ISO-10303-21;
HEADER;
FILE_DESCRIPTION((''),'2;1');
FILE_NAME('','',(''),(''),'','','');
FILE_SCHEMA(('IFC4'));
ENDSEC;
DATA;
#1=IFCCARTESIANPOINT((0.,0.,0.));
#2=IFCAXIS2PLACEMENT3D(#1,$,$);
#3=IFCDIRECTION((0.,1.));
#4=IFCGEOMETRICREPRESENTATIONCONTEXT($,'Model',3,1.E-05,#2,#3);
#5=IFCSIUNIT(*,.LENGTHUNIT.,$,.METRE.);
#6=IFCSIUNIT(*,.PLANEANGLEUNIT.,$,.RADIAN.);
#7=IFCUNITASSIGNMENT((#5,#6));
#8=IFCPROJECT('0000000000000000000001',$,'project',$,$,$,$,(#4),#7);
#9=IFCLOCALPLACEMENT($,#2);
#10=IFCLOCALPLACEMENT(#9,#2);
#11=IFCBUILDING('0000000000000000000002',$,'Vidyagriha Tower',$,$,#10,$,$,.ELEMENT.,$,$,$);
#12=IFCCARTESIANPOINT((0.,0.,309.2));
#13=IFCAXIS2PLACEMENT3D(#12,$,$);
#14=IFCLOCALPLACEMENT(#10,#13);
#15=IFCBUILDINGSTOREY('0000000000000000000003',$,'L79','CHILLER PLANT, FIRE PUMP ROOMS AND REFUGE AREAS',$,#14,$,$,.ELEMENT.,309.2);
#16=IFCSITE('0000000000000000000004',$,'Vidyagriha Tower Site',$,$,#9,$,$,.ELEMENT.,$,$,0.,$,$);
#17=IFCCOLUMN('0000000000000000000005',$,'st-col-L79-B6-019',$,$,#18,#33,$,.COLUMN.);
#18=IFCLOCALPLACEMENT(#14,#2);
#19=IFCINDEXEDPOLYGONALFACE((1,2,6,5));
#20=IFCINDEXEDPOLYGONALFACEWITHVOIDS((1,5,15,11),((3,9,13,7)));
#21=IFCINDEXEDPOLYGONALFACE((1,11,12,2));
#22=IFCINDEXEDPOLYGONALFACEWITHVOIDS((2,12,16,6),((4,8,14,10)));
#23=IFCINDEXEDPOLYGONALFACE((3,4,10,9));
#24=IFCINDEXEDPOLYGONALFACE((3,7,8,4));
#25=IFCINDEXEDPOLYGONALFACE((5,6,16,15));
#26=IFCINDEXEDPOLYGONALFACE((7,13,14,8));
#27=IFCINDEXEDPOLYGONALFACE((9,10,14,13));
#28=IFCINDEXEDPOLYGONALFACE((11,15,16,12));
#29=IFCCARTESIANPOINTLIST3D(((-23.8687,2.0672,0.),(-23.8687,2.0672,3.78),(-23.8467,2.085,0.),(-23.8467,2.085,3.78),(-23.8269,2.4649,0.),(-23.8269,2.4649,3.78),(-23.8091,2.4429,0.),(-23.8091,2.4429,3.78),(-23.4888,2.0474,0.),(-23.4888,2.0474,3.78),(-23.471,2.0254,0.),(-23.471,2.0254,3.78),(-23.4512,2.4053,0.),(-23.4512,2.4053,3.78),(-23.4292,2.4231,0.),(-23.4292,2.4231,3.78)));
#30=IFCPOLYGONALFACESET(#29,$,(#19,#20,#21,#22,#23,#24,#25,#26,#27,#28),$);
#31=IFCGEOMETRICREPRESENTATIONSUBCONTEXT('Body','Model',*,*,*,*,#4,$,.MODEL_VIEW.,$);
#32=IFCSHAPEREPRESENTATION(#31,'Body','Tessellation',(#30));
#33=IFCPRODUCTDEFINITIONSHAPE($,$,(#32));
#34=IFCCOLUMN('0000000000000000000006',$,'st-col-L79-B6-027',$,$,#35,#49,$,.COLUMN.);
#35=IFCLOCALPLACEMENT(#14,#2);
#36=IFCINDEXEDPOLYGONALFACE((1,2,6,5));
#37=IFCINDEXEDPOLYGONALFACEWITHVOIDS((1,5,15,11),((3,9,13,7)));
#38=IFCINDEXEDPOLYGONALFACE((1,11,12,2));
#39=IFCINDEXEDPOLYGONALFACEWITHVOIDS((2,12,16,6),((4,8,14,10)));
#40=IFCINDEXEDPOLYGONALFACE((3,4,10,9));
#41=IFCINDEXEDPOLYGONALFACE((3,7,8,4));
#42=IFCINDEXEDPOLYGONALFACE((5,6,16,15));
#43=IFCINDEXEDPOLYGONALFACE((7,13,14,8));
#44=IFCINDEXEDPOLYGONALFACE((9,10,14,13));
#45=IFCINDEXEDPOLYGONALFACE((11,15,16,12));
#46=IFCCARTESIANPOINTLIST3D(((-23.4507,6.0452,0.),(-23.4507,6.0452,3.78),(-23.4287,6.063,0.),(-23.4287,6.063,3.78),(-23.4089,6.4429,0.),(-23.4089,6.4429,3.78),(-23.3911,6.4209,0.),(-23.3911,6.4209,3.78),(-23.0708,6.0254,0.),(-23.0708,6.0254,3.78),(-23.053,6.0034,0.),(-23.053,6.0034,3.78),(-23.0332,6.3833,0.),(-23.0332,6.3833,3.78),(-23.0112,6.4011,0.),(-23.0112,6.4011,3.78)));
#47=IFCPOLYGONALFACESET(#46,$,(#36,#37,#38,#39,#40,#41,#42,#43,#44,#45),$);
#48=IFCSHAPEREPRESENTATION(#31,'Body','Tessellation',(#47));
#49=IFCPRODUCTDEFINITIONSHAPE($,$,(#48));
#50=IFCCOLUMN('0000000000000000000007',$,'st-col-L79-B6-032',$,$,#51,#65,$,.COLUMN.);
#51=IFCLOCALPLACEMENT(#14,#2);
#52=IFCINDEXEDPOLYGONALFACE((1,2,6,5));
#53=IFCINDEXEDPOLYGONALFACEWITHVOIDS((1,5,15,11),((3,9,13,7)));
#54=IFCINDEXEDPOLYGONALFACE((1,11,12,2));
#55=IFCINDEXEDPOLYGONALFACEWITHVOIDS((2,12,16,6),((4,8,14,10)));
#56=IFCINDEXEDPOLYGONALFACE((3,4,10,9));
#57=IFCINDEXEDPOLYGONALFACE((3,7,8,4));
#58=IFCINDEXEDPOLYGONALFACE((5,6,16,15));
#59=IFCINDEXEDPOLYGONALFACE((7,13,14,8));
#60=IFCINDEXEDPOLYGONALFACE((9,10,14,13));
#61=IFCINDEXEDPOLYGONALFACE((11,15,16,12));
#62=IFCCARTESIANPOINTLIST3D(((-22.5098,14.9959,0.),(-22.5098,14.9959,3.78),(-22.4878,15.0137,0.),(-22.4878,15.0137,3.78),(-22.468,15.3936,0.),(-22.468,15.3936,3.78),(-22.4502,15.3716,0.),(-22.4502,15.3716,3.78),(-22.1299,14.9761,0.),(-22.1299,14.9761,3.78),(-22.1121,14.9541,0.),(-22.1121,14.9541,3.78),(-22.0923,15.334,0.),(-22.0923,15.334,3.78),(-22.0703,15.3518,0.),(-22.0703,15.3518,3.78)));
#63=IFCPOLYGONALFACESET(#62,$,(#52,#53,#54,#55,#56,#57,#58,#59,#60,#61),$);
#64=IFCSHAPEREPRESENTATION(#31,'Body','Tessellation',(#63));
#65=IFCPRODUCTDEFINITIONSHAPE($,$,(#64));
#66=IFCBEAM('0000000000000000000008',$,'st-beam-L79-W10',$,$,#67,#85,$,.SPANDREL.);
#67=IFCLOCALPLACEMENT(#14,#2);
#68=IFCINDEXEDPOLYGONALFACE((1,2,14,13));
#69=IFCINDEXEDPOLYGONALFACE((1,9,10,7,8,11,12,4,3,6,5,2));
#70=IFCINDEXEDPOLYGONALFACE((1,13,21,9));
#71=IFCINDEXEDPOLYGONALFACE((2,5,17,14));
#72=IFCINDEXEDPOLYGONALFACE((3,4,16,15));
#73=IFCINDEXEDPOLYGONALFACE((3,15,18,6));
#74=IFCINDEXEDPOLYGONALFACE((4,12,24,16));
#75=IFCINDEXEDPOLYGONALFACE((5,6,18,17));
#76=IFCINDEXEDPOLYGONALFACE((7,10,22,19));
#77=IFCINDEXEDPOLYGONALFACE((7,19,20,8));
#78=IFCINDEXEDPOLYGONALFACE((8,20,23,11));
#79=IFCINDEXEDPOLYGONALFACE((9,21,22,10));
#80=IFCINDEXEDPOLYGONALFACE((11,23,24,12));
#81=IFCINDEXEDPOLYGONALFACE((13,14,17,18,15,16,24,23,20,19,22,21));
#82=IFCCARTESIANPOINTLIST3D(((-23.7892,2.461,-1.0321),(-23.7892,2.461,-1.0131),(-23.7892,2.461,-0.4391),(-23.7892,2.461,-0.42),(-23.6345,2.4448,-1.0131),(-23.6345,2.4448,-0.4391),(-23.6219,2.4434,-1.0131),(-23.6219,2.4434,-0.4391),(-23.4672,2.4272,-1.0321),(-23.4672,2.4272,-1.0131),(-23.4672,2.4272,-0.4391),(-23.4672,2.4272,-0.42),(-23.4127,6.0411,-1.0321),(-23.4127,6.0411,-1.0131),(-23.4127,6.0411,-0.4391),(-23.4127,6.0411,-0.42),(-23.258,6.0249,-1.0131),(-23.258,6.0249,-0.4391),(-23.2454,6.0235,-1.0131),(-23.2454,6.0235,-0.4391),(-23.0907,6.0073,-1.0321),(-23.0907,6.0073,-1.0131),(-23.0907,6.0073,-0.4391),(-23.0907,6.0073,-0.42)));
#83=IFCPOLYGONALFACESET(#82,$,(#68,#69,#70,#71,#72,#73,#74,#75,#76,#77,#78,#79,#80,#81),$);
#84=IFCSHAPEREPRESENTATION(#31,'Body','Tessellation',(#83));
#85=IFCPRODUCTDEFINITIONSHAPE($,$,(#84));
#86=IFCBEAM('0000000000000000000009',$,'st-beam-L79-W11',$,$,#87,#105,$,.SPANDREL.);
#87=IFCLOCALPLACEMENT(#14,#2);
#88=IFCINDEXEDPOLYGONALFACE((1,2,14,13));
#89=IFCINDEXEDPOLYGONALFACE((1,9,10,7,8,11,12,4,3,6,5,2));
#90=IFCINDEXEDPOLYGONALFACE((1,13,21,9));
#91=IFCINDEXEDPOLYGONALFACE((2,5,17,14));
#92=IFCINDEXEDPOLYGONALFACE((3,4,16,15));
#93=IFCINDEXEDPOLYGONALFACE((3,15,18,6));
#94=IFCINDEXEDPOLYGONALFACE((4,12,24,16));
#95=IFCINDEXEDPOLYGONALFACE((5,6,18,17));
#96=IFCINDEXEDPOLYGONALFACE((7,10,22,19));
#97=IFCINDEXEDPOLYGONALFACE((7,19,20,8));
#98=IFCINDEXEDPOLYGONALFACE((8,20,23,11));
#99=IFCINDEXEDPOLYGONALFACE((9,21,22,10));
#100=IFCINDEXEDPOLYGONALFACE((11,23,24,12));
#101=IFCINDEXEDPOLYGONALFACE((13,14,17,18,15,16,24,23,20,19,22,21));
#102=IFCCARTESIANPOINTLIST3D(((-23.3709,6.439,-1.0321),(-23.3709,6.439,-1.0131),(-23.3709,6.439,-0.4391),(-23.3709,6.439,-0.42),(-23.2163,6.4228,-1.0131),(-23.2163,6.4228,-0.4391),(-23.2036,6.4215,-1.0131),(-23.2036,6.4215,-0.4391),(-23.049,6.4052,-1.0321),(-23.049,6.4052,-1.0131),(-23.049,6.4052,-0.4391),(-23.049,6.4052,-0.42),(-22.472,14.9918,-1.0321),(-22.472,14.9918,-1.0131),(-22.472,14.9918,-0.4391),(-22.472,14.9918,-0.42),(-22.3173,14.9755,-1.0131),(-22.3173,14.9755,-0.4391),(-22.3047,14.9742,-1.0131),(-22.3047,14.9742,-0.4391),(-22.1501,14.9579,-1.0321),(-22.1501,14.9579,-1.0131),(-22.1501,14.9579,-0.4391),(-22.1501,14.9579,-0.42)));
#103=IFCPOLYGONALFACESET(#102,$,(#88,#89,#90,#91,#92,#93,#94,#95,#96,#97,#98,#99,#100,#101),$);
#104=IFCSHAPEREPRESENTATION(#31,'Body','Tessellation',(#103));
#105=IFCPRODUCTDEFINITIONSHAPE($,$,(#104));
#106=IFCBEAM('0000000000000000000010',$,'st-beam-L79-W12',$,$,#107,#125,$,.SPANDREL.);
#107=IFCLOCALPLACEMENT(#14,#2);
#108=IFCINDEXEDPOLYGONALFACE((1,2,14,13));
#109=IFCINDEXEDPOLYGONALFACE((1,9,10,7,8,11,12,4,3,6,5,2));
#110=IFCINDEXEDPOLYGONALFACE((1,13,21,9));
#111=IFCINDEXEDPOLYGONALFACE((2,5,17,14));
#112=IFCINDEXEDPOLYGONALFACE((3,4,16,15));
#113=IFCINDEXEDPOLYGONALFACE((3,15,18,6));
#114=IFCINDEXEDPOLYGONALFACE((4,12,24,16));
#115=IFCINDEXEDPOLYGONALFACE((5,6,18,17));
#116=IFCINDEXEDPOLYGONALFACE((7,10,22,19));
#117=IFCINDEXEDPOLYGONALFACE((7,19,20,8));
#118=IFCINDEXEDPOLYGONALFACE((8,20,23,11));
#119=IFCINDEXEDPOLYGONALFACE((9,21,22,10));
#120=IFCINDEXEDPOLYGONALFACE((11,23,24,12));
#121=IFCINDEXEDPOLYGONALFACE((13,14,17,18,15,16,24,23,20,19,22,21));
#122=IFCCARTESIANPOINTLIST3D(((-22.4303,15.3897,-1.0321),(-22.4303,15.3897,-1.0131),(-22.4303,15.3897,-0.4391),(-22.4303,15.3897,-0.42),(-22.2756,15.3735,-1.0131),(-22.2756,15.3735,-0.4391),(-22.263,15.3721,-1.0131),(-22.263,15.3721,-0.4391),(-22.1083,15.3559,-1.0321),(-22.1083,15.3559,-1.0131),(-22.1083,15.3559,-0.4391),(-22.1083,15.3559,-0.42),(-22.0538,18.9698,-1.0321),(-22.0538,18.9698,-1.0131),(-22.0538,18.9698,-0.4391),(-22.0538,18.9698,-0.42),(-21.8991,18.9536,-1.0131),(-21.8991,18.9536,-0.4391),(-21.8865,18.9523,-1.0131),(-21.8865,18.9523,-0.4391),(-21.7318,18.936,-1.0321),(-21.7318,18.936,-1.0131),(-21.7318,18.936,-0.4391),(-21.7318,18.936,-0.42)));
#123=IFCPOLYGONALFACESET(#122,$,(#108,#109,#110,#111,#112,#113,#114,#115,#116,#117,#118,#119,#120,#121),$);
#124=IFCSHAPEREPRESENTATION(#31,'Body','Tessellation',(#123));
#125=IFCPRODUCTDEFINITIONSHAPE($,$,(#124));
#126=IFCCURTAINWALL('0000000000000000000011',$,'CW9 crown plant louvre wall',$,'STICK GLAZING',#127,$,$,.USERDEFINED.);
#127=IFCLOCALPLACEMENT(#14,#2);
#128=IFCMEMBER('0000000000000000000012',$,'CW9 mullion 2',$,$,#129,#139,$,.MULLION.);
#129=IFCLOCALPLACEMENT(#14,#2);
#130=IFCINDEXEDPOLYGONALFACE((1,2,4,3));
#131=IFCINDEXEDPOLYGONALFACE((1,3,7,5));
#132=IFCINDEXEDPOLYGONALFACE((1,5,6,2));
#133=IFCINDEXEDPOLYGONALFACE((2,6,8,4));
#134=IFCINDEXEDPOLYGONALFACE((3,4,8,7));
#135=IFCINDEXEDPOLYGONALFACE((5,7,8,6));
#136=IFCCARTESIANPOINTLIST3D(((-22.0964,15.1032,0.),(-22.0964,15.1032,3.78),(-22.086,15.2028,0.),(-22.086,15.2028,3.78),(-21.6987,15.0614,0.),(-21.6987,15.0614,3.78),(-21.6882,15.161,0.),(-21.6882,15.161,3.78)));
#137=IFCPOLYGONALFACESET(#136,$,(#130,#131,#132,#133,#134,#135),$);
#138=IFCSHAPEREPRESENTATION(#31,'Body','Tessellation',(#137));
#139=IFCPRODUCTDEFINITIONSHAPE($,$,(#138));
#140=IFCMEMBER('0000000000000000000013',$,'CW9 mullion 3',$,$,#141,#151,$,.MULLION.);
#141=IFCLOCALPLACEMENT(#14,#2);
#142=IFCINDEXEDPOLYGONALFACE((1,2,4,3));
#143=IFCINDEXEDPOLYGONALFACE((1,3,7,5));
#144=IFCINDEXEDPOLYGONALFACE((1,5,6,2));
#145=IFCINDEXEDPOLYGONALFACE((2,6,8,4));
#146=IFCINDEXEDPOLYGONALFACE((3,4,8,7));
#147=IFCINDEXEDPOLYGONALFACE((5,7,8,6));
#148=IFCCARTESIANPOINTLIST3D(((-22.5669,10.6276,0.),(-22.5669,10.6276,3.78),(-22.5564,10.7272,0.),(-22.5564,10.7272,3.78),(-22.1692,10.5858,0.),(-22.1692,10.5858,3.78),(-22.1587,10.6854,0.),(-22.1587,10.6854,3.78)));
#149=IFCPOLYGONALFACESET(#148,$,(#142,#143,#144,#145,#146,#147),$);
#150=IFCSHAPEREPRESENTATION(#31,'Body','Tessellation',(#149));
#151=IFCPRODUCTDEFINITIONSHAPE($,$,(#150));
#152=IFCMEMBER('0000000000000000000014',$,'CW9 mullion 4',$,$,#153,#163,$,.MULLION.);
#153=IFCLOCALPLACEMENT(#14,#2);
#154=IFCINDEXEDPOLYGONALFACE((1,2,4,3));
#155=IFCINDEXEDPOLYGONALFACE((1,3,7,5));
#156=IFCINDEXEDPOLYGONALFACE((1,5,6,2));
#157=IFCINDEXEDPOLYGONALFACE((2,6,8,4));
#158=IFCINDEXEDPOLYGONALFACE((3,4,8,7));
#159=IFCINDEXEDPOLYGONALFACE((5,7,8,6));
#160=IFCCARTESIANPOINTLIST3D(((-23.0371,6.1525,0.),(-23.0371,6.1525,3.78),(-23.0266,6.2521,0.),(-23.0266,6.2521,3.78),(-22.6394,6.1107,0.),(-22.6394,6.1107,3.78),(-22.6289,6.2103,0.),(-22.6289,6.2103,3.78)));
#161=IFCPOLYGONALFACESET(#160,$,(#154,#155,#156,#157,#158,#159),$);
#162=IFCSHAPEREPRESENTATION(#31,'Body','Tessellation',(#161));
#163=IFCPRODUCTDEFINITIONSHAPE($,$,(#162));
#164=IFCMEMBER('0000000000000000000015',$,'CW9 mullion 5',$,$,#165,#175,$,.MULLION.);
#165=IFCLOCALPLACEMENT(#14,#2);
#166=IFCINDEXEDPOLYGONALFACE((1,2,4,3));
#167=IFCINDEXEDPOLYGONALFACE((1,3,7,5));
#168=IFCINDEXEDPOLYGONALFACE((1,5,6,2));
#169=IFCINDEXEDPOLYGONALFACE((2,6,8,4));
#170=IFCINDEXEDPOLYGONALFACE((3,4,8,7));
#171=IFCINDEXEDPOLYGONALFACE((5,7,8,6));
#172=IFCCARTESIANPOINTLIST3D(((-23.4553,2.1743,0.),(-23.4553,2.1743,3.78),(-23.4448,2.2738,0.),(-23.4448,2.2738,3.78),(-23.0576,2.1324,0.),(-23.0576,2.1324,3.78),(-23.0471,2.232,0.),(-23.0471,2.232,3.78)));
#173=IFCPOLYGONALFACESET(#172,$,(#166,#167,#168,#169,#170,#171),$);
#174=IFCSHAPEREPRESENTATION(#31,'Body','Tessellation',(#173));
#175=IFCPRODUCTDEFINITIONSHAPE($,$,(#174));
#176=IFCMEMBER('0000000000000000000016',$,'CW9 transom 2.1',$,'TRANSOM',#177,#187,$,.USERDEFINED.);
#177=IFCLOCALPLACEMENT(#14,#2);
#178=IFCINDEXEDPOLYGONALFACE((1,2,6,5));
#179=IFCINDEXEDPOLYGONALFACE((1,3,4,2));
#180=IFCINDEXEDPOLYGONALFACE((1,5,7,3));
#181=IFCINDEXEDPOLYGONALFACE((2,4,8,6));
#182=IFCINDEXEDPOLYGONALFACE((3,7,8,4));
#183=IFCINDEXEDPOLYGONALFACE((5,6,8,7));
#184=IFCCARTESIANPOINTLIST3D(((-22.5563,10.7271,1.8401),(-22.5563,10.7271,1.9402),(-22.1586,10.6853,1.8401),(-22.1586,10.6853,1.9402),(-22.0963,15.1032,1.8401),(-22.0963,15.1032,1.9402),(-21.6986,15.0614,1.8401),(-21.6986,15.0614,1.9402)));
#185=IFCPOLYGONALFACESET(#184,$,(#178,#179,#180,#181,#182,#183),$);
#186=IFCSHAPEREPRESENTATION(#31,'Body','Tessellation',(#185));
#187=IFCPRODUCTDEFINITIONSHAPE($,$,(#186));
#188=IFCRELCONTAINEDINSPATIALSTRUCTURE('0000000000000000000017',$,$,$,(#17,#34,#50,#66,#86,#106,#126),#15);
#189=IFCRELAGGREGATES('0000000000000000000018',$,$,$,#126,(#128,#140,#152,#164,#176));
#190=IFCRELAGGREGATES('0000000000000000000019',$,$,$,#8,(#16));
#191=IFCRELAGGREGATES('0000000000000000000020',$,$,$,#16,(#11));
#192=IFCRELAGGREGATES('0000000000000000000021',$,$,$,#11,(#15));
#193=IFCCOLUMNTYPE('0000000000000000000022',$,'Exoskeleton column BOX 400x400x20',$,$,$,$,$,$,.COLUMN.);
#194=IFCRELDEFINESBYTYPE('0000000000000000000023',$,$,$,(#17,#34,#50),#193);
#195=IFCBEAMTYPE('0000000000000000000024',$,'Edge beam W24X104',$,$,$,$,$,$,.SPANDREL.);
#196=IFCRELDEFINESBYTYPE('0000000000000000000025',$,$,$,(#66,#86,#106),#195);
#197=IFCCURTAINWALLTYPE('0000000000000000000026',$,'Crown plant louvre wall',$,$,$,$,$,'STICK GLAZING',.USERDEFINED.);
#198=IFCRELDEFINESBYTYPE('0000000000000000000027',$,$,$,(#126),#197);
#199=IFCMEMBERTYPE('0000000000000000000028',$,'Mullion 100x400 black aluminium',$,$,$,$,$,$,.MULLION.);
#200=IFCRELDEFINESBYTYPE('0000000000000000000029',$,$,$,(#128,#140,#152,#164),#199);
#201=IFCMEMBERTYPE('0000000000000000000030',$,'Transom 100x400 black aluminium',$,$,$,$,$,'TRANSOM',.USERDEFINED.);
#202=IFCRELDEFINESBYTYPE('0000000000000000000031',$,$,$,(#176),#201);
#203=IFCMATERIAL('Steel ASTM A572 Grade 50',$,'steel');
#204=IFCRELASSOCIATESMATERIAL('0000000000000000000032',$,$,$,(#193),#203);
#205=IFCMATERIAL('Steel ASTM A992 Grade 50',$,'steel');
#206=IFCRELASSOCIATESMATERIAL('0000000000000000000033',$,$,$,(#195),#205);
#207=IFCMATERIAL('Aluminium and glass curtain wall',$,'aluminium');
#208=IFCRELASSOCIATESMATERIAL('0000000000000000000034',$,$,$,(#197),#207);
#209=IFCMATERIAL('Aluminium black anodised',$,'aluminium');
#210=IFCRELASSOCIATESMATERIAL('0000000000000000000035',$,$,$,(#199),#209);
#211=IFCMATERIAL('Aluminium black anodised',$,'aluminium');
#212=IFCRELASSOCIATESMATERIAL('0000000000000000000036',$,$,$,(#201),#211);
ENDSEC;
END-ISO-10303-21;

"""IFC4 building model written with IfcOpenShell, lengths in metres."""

from ifc_helpers import new_model, si_unit, direction, frame, origin, origin_2d, place, context, subcontext, project, spatial, rectangle, hollow_rectangle, i_section, extrude, material, material_profile, profile_set, type_object, element, aggregate, save


model = new_model("IFC4")

# Units and contexts
model_context = context("Model", 3, precision=1e-05, world=origin(), true_north=direction((0.0, 1.0)))
body_context = subcontext(model_context, "Body", "Model", "MODEL_VIEW")
ifc_project = project(units=[si_unit("LENGTHUNIT", "METRE"), si_unit("PLANEANGLEUNIT", "RADIAN")], contexts=[model_context])

# Site, building, storey
site_placement = place(None, origin())
site = spatial("IfcSite", under=ifc_project, at=site_placement, Name="Vidyagriha Tower Site", CompositionType="ELEMENT", RefElevation=0.0)
building_placement = place(site_placement, origin())
building = spatial("IfcBuilding", under=site, at=building_placement, Name="Vidyagriha Tower", CompositionType="ELEMENT")
storey_placement = place(building_placement, frame((0.0, 0.0, 309.2)))
storey = spatial("IfcBuildingStorey", under=building, at=storey_placement, Name="L79", Description="CHILLER PLANT, FIRE PUMP ROOMS AND REFUGE AREAS", CompositionType="ELEMENT", Elevation=309.2)

# Columns
ifc_material_1 = material(Name="Steel ASTM A572 Grade 50", Category="steel")
ifc_material_profile_1 = material_profile(ifc_material_1, hollow_rectangle(XDim=0.3999, YDim=0.3999, WallThickness=0.02, at=origin_2d()), Name="BOX 400x400x20")
ifc_profile_set_1 = profile_set([ifc_material_profile_1], Name="Steel ASTM A572 Grade 50")
column_type = type_object("IfcColumnType", Name="Exoskeleton column BOX 400x400x20", PredefinedType="COLUMN", material=ifc_profile_set_1)
for number, where, z_axis, x_axis, name in (
    (1, (-23.6489, 2.2451, 0.0), (0.0, 0.0, 1.0), (0.994522, -0.104528, 0.0), "st-col-L79-B6-019"),
    (2, (-23.231, 6.2231, 0.0), (0.0, 0.0, 1.0), (0.994522, -0.104528, 0.0), "st-col-L79-B6-027"),
    (3, (-22.29, 15.1738, 0.0), (0.0, 0.0, 1.0), (0.994522, -0.104528, 0.0), "st-col-L79-B6-032"),
):
    element("IfcColumn", number, at=place(storey_placement, frame(where, z_axis=z_axis, x_axis=x_axis)), inside=storey, type_object=column_type, Name=name, PredefinedType="COLUMN", context=body_context, shape_type="SweptSolid", body=[
        extrude(hollow_rectangle(XDim=0.3999, YDim=0.3999, WallThickness=0.02, at=origin_2d()), origin(), (0.0, 0.0, 1.0), 3.78),
    ])

# Beams
ifc_material_2 = material(Name="Steel ASTM A992 Grade 50", Category="steel")
ifc_material_profile_2 = material_profile(ifc_material_2, i_section(OverallWidth=0.3237, OverallDepth=0.6121, WebThickness=0.0127, FlangeThickness=0.019, at=origin_2d()), Name="W24X104")
ifc_profile_set_2 = profile_set([ifc_material_profile_2], Name="Steel ASTM A992 Grade 50")
beam_type = type_object("IfcBeamType", Name="Edge beam W24X104", PredefinedType="SPANDREL", material=ifc_profile_set_2)
beam_1_placement = place(storey_placement, frame((-23.6282, 2.4441, -0.7261), z_axis=(0.104579, 0.994517, 0.0), x_axis=(-0.994517, 0.104579, 0.0)))
element("IfcBeam", 4, at=beam_1_placement, inside=storey, type_object=beam_type, Name="st-beam-L79-W10", PredefinedType="SPANDREL", context=body_context, shape_type="SweptSolid", body=[
    extrude(i_section(OverallWidth=0.3237, OverallDepth=0.6121, WebThickness=0.0127, FlangeThickness=0.019, at=origin_2d()), origin(), (0.0, 0.0, 1.0), 3.5999),
])
beam_2_placement = place(storey_placement, frame((-23.21, 6.4221, -0.7261), z_axis=(0.104528, 0.994522, 0.0), x_axis=(-0.994522, 0.104528, 0.0)))
element("IfcBeam", 5, at=beam_2_placement, inside=storey, type_object=beam_type, Name="st-beam-L79-W11", PredefinedType="SPANDREL", context=body_context, shape_type="SweptSolid", body=[
    extrude(i_section(OverallWidth=0.3237, OverallDepth=0.6121, WebThickness=0.0127, FlangeThickness=0.019, at=origin_2d()), origin(), (0.0, 0.0, 1.0), 8.5999),
])
beam_3_placement = place(storey_placement, frame((-22.2693, 15.3728, -0.7261), z_axis=(0.104579, 0.994517, 0.0), x_axis=(-0.994517, 0.104579, 0.0)))
element("IfcBeam", 6, at=beam_3_placement, inside=storey, type_object=beam_type, Name="st-beam-L79-W12", PredefinedType="SPANDREL", context=body_context, shape_type="SweptSolid", body=[
    extrude(i_section(OverallWidth=0.3237, OverallDepth=0.6121, WebThickness=0.0127, FlangeThickness=0.019, at=origin_2d()), origin(), (0.0, 0.0, 1.0), 3.5999),
])

# Curtain wall, members
ifc_material_3 = material(Name="Aluminium and glass curtain wall", Category="aluminium")
curtain_wall_type = type_object("IfcCurtainWallType", Name="Crown plant louvre wall", ElementType="STICK GLAZING", PredefinedType="USERDEFINED", material=ifc_material_3)
curtain_wall_placement = place(storey_placement, origin())
curtain_wall = element("IfcCurtainWall", 7, at=curtain_wall_placement, inside=storey, type_object=curtain_wall_type, Name="CW9 crown plant louvre wall", ObjectType="STICK GLAZING", PredefinedType="USERDEFINED")
ifc_material_4 = material(Name="Aluminium black anodised", Category="aluminium")
ifc_material_profile_3 = material_profile(ifc_material_4, rectangle(XDim=0.3999, YDim=0.1001, at=origin_2d()), Name="Mullion 100x400 black aluminium")
ifc_profile_set_3 = profile_set([ifc_material_profile_3], Name="Aluminium black anodised")
member_type_1 = type_object("IfcMemberType", Name="Mullion 100x400 black aluminium", PredefinedType="MULLION", material=ifc_profile_set_3)
member_1_placement = place(storey_placement, frame((-21.8923, 15.1321, 0.0), z_axis=(0.0, 0.0, 1.0), x_axis=(0.994522, -0.104527, 0.0)))
member_1 = element("IfcMember", 8, at=member_1_placement, type_object=member_type_1, Name="CW9 mullion 2", PredefinedType="MULLION", context=body_context, shape_type="SweptSolid", body=[
    extrude(rectangle(XDim=0.3999, YDim=0.1001, at=origin_2d()), origin(), (0.0, 0.0, 1.0), 3.78),
])
member_2_placement = place(storey_placement, frame((-22.3628, 10.6565, 0.0), z_axis=(0.0, 0.0, 1.0), x_axis=(0.994522, -0.104527, 0.0)))
member_2 = element("IfcMember", 9, at=member_2_placement, type_object=member_type_1, Name="CW9 mullion 3", PredefinedType="MULLION", context=body_context, shape_type="SweptSolid", body=[
    extrude(rectangle(XDim=0.3999, YDim=0.1001, at=origin_2d()), origin(), (0.0, 0.0, 1.0), 3.78),
])
member_3_placement = place(storey_placement, frame((-22.833, 6.1814, 0.0), z_axis=(0.0, 0.0, 1.0), x_axis=(0.994522, -0.104527, 0.0)))
member_3 = element("IfcMember", 10, at=member_3_placement, type_object=member_type_1, Name="CW9 mullion 4", PredefinedType="MULLION", context=body_context, shape_type="SweptSolid", body=[
    extrude(rectangle(XDim=0.3999, YDim=0.1001, at=origin_2d()), origin(), (0.0, 0.0, 1.0), 3.78),
])
member_4_placement = place(storey_placement, frame((-23.2512, 2.2031, 0.0), z_axis=(0.0, 0.0, 1.0), x_axis=(0.994522, -0.104527, 0.0)))
member_4 = element("IfcMember", 11, at=member_4_placement, type_object=member_type_1, Name="CW9 mullion 5", PredefinedType="MULLION", context=body_context, shape_type="SweptSolid", body=[
    extrude(rectangle(XDim=0.3999, YDim=0.1001, at=origin_2d()), origin(), (0.0, 0.0, 1.0), 3.78),
])
ifc_material_5 = material(Name="Aluminium black anodised", Category="aluminium")
ifc_material_profile_4 = material_profile(ifc_material_5, rectangle(XDim=0.3999, YDim=0.1001, at=origin_2d()), Name="Transom 100x400 black aluminium")
ifc_profile_set_4 = profile_set([ifc_material_profile_4], Name="Aluminium black anodised")
member_type_2 = type_object("IfcMemberType", Name="Transom 100x400 black aluminium", ElementType="TRANSOM", PredefinedType="USERDEFINED", material=ifc_profile_set_4)
member_5_placement = place(storey_placement, frame((-21.8975, 15.0823, 1.8901), z_axis=(-0.104535, -0.994521, 0.0), x_axis=(0.994521, -0.104535, 0.0)))
member_5 = element("IfcMember", 12, at=member_5_placement, type_object=member_type_2, Name="CW9 transom 2.1", ObjectType="TRANSOM", PredefinedType="USERDEFINED", context=body_context, shape_type="SweptSolid", body=[
    extrude(rectangle(XDim=0.3999, YDim=0.1001, at=origin_2d()), origin(), (0.0, 0.0, 1.0), 4.4001),
])
aggregate(curtain_wall, [member_1, member_2, member_3, member_4, member_5])

save(model, "model.ifc")
